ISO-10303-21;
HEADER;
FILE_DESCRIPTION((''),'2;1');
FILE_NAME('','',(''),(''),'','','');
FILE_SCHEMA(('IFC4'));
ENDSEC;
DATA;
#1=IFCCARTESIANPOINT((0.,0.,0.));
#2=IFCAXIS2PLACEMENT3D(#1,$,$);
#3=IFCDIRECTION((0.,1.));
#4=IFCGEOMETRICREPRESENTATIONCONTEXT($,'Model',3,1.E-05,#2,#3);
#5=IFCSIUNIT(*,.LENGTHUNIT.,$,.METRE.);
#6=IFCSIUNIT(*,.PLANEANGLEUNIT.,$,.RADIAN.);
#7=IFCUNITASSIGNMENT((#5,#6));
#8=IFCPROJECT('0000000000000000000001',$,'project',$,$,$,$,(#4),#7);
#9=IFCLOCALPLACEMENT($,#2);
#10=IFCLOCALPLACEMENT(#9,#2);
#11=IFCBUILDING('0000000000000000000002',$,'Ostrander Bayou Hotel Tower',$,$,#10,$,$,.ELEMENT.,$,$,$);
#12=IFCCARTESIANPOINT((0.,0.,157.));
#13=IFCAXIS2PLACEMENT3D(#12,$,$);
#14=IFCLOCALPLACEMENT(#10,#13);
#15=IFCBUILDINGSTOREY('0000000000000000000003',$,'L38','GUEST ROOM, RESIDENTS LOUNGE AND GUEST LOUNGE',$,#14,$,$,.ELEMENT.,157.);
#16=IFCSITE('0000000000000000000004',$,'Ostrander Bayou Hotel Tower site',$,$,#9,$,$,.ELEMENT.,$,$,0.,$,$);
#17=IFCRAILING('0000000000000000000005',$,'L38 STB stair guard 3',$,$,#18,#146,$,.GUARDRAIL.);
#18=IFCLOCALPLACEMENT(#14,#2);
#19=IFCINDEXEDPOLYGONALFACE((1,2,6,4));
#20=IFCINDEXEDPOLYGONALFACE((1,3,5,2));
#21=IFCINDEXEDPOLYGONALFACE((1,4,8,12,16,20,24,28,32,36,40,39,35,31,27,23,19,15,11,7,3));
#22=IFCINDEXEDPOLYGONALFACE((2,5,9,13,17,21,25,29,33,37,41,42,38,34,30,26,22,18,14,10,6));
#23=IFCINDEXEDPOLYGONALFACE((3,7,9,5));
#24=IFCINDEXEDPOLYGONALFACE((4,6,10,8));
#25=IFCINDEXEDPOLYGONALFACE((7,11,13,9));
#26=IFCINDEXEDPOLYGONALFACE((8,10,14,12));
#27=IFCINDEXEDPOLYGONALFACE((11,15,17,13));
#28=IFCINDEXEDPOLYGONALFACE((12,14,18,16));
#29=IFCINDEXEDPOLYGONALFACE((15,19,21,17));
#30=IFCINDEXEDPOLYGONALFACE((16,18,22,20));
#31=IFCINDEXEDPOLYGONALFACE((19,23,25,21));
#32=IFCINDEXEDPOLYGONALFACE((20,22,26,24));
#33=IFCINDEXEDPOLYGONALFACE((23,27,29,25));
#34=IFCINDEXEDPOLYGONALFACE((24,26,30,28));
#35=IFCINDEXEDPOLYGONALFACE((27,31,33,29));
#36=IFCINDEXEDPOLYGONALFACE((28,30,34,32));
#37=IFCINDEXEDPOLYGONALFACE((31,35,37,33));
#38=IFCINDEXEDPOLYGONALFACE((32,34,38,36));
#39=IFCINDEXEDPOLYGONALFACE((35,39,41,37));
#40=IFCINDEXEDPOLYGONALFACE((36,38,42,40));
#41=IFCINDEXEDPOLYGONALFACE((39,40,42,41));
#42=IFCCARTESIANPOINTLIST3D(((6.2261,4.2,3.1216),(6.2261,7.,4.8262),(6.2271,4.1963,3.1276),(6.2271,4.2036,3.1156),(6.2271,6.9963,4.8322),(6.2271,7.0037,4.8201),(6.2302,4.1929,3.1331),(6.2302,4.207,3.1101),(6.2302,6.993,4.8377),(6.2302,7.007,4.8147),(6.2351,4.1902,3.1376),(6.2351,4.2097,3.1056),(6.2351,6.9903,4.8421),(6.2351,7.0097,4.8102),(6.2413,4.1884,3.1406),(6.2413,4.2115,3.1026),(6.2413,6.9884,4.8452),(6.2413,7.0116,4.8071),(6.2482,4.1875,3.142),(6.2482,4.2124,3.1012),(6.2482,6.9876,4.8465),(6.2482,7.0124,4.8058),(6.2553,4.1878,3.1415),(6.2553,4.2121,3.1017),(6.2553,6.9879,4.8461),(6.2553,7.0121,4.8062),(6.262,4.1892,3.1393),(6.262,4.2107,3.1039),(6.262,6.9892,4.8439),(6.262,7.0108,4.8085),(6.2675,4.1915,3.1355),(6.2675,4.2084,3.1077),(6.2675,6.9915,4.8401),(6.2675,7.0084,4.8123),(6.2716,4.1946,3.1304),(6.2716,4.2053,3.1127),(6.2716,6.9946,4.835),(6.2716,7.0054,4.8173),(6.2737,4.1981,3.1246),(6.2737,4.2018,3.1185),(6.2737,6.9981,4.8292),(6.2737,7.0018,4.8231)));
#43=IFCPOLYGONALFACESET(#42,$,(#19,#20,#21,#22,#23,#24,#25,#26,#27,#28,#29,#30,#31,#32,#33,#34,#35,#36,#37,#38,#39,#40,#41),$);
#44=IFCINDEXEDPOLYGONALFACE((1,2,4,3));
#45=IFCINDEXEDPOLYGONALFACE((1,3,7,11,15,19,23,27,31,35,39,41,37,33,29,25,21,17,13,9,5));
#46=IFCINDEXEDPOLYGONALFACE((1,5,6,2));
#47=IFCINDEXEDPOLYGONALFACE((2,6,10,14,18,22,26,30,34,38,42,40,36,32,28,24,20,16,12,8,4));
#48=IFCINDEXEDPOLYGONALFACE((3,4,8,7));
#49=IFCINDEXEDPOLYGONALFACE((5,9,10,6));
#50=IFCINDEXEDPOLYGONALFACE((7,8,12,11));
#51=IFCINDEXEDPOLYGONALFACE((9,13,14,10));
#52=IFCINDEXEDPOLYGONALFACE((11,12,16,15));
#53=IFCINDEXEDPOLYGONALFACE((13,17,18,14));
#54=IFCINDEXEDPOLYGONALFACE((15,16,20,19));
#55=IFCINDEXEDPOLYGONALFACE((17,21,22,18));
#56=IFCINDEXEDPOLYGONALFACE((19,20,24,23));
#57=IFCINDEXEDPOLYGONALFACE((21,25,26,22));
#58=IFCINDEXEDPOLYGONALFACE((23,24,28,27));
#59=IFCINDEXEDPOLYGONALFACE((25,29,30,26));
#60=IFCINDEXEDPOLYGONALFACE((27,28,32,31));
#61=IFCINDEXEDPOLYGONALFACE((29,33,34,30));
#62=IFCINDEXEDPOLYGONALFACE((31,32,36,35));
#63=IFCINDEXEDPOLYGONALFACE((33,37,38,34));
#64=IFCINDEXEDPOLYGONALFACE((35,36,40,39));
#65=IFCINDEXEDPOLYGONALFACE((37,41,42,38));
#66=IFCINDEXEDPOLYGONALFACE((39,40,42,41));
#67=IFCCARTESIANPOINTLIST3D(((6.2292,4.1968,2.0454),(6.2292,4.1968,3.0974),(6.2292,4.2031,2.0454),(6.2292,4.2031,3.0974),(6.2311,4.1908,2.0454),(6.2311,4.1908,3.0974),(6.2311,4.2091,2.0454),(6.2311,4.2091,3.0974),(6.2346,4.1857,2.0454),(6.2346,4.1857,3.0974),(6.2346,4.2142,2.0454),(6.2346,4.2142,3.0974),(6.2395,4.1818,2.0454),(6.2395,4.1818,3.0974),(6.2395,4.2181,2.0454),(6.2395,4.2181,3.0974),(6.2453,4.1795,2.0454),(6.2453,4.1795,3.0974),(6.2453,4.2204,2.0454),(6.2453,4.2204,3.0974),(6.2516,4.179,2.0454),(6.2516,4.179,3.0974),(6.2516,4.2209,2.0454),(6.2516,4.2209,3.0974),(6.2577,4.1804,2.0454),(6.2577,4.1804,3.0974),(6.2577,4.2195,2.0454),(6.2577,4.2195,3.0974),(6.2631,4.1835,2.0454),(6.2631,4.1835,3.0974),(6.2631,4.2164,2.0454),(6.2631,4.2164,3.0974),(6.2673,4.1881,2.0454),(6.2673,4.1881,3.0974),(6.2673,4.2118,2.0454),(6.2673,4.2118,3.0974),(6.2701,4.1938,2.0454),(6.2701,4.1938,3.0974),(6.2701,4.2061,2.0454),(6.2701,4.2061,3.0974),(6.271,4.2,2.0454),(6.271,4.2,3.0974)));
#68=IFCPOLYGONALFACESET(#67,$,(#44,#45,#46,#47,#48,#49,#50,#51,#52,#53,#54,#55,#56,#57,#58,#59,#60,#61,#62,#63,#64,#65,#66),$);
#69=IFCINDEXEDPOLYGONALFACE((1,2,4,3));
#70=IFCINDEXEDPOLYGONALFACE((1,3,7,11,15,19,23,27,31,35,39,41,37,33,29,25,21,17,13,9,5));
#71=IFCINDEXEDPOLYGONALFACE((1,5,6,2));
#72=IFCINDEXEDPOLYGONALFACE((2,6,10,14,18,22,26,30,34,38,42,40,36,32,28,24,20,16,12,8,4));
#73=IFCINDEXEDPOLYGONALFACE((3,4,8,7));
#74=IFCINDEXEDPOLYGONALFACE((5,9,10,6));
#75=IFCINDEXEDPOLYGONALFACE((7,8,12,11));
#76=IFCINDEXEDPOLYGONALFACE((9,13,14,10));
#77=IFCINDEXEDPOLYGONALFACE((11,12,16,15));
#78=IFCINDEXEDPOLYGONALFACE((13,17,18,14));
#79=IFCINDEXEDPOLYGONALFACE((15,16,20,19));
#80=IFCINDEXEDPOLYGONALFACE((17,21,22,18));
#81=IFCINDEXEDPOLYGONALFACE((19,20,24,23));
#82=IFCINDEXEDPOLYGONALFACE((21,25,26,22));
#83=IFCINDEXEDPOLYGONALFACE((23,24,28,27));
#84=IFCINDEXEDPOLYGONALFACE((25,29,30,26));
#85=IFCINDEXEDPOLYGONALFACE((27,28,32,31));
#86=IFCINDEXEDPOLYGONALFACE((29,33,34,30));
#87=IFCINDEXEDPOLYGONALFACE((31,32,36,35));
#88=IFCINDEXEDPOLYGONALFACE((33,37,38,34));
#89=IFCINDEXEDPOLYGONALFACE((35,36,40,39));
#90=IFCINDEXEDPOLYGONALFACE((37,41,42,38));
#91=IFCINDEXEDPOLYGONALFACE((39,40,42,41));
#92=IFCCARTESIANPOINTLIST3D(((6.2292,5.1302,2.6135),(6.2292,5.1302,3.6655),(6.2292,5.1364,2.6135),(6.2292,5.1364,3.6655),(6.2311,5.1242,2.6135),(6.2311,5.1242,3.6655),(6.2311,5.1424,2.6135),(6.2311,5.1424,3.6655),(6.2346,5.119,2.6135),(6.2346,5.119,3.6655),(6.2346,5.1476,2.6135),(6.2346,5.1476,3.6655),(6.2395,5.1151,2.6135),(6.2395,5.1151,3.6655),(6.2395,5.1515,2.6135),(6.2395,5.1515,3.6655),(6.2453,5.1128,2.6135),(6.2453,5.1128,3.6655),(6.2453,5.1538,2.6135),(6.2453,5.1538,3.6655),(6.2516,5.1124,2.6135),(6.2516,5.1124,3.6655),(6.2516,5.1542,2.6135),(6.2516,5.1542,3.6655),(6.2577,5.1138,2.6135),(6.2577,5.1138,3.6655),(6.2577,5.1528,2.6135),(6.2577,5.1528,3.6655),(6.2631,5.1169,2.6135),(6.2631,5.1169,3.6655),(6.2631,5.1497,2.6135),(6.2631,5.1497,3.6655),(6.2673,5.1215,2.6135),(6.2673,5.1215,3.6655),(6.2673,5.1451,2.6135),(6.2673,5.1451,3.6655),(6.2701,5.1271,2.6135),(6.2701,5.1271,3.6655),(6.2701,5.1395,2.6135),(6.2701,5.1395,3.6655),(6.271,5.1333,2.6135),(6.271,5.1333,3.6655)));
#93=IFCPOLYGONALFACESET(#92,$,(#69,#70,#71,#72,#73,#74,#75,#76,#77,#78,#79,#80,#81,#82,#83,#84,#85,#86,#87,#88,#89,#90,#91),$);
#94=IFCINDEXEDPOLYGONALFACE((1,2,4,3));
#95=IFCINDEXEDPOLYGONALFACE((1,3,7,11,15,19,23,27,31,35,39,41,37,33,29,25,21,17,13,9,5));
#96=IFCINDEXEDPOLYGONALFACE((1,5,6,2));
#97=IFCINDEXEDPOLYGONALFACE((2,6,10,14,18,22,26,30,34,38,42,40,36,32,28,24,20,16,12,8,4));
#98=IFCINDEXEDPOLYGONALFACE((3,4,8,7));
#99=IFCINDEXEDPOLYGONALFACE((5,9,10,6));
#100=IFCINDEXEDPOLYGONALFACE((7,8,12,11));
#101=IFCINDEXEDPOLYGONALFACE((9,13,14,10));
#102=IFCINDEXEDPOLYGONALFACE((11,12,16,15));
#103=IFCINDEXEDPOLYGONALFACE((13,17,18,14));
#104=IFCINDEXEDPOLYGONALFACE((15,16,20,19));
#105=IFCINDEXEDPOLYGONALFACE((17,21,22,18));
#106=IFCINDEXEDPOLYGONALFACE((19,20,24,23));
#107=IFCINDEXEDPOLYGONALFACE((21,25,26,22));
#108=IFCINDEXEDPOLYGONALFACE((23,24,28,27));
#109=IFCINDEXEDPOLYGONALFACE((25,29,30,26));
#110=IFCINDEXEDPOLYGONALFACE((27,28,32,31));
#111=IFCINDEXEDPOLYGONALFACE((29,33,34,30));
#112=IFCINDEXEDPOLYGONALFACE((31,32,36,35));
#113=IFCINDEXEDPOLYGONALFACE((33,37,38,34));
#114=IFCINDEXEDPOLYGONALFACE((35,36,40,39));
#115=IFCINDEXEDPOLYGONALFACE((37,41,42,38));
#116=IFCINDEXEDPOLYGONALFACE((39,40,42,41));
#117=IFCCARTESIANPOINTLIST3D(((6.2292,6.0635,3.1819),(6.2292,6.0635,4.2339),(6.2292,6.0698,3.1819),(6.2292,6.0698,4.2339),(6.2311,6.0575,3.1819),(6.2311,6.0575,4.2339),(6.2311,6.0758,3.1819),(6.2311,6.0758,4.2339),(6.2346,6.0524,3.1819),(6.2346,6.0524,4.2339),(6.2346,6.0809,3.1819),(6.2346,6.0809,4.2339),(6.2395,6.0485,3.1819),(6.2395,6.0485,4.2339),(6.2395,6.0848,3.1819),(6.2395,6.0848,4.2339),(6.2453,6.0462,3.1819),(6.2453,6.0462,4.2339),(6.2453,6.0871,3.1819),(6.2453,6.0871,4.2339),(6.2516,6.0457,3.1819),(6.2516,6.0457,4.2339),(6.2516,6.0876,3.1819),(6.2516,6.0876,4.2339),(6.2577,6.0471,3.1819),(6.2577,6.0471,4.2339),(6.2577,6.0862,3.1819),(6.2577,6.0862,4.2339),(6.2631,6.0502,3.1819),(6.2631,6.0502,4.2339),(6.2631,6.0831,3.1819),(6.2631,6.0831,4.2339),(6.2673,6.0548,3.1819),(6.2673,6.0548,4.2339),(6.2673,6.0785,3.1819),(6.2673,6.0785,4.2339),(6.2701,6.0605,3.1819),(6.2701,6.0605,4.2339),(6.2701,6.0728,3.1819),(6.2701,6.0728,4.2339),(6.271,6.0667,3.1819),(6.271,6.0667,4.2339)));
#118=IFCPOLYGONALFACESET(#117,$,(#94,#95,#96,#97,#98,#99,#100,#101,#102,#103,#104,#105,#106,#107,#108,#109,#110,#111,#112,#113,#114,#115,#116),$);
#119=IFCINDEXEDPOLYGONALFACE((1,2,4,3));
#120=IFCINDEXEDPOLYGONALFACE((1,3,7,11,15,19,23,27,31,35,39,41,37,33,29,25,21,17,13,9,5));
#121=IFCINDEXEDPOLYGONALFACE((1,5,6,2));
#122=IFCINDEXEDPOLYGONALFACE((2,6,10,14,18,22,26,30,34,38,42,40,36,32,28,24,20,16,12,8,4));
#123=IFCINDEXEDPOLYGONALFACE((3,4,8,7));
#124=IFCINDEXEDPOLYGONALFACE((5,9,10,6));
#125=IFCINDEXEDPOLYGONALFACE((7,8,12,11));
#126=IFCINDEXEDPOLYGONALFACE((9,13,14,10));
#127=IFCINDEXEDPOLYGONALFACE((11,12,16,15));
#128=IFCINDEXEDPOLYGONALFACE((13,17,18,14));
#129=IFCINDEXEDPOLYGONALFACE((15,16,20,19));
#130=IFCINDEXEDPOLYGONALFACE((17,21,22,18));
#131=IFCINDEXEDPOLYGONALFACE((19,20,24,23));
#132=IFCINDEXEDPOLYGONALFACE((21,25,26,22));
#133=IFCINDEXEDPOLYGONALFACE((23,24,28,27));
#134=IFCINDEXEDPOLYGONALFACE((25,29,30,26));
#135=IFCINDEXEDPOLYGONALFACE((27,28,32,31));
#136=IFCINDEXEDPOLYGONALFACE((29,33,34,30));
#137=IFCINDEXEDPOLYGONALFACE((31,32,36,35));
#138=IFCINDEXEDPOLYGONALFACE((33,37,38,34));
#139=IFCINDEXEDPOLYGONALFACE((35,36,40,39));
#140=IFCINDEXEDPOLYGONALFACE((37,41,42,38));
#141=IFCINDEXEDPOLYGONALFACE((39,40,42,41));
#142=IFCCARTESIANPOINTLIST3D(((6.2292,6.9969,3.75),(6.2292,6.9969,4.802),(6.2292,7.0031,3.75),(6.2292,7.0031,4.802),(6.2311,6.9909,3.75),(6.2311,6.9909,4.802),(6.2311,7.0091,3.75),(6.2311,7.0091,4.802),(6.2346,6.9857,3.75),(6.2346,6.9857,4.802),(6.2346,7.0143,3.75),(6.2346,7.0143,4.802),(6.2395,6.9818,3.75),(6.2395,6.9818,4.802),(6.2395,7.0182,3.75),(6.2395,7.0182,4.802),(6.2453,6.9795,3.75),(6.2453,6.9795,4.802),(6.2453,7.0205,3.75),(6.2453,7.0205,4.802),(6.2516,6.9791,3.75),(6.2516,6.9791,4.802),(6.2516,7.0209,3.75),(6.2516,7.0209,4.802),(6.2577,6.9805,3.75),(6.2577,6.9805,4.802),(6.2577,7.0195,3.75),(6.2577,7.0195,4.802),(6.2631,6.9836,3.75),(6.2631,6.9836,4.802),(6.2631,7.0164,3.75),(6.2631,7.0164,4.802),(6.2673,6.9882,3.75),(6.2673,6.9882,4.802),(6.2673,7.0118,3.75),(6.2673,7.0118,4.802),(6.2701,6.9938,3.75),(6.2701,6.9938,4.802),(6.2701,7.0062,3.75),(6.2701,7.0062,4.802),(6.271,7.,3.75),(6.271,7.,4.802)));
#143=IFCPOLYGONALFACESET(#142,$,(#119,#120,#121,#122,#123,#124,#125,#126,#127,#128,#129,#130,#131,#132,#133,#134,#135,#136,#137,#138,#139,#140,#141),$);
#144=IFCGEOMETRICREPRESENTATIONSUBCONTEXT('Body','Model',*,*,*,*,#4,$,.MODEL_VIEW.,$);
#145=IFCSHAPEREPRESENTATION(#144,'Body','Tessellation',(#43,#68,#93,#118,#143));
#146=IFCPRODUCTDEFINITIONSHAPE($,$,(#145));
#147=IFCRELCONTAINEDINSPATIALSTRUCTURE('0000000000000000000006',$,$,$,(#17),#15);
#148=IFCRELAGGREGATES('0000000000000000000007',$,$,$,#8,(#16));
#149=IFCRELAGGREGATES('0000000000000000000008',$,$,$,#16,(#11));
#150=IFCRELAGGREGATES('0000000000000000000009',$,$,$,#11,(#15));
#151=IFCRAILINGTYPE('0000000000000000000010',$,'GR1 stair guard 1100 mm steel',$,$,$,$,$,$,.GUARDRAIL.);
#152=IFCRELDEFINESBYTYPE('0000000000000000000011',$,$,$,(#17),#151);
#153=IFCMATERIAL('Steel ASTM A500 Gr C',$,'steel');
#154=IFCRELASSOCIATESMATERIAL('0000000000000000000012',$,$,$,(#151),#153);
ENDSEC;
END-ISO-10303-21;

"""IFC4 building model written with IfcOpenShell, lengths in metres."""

from ifc_helpers import new_model, si_unit, direction, frame, origin, origin_2d, place, context, subcontext, project, spatial, circle, extrude, material, type_object, element, save


model = new_model("IFC4")

# Units and contexts
model_context = context("Model", 3, precision=1e-05, world=origin(), true_north=direction((0.0, 1.0)))
body_context = subcontext(model_context, "Body", "Model", "MODEL_VIEW")
ifc_project = project(units=[si_unit("LENGTHUNIT", "METRE"), si_unit("PLANEANGLEUNIT", "RADIAN")], contexts=[model_context])

# Site, building, storey
site_placement = place(None, origin())
site = spatial("IfcSite", under=ifc_project, at=site_placement, Name="Ostrander Bayou Hotel Tower site", CompositionType="ELEMENT", RefElevation=0.0)
building_placement = place(site_placement, origin())
building = spatial("IfcBuilding", under=site, at=building_placement, Name="Ostrander Bayou Hotel Tower", CompositionType="ELEMENT")
storey_placement = place(building_placement, frame((0.0, 0.0, 157.0)))
storey = spatial("IfcBuildingStorey", under=building, at=storey_placement, Name="L38", Description="GUEST ROOM, RESIDENTS LOUNGE AND GUEST LOUNGE", CompositionType="ELEMENT", Elevation=157.0)

# Railing
ifc_material_1 = material(Name="Steel ASTM A500 Gr C", Category="steel")
railing_type_1 = type_object("IfcRailingType", Name="GR1 stair guard 1100 mm steel", PredefinedType="GUARDRAIL", material=ifc_material_1)
railing_1_placement = place(storey_placement, frame((6.25, 4.2, 2.0454)))
element("IfcRailing", 1, at=railing_1_placement, inside=storey, type_object=railing_type_1, Name="L38 STB stair guard 3", PredefinedType="GUARDRAIL", context=body_context, shape_type="SweptSolid", body=[
    extrude(circle(Radius=0.0239, at=origin_2d()), frame((0.0, 0.0, 1.0762), z_axis=(0.0, 0.85417, 0.519994), x_axis=(-1.0, 0.0, 0.0)), (0.0, 0.0, 1.0), 3.2781),
    extrude(circle(Radius=0.021, at=origin_2d()), origin(), (0.0, 0.0, 1.0), 1.052),
    extrude(circle(Radius=0.021, at=origin_2d()), frame((0.0, 0.9333, 0.5681)), (0.0, 0.0, 1.0), 1.052),
    extrude(circle(Radius=0.021, at=origin_2d()), frame((0.0, 1.8667, 1.1365)), (0.0, 0.0, 1.0), 1.052),
    extrude(circle(Radius=0.021, at=origin_2d()), frame((0.0, 2.8, 1.7046)), (0.0, 0.0, 1.0), 1.052),
])

save(model, "model.ifc")
